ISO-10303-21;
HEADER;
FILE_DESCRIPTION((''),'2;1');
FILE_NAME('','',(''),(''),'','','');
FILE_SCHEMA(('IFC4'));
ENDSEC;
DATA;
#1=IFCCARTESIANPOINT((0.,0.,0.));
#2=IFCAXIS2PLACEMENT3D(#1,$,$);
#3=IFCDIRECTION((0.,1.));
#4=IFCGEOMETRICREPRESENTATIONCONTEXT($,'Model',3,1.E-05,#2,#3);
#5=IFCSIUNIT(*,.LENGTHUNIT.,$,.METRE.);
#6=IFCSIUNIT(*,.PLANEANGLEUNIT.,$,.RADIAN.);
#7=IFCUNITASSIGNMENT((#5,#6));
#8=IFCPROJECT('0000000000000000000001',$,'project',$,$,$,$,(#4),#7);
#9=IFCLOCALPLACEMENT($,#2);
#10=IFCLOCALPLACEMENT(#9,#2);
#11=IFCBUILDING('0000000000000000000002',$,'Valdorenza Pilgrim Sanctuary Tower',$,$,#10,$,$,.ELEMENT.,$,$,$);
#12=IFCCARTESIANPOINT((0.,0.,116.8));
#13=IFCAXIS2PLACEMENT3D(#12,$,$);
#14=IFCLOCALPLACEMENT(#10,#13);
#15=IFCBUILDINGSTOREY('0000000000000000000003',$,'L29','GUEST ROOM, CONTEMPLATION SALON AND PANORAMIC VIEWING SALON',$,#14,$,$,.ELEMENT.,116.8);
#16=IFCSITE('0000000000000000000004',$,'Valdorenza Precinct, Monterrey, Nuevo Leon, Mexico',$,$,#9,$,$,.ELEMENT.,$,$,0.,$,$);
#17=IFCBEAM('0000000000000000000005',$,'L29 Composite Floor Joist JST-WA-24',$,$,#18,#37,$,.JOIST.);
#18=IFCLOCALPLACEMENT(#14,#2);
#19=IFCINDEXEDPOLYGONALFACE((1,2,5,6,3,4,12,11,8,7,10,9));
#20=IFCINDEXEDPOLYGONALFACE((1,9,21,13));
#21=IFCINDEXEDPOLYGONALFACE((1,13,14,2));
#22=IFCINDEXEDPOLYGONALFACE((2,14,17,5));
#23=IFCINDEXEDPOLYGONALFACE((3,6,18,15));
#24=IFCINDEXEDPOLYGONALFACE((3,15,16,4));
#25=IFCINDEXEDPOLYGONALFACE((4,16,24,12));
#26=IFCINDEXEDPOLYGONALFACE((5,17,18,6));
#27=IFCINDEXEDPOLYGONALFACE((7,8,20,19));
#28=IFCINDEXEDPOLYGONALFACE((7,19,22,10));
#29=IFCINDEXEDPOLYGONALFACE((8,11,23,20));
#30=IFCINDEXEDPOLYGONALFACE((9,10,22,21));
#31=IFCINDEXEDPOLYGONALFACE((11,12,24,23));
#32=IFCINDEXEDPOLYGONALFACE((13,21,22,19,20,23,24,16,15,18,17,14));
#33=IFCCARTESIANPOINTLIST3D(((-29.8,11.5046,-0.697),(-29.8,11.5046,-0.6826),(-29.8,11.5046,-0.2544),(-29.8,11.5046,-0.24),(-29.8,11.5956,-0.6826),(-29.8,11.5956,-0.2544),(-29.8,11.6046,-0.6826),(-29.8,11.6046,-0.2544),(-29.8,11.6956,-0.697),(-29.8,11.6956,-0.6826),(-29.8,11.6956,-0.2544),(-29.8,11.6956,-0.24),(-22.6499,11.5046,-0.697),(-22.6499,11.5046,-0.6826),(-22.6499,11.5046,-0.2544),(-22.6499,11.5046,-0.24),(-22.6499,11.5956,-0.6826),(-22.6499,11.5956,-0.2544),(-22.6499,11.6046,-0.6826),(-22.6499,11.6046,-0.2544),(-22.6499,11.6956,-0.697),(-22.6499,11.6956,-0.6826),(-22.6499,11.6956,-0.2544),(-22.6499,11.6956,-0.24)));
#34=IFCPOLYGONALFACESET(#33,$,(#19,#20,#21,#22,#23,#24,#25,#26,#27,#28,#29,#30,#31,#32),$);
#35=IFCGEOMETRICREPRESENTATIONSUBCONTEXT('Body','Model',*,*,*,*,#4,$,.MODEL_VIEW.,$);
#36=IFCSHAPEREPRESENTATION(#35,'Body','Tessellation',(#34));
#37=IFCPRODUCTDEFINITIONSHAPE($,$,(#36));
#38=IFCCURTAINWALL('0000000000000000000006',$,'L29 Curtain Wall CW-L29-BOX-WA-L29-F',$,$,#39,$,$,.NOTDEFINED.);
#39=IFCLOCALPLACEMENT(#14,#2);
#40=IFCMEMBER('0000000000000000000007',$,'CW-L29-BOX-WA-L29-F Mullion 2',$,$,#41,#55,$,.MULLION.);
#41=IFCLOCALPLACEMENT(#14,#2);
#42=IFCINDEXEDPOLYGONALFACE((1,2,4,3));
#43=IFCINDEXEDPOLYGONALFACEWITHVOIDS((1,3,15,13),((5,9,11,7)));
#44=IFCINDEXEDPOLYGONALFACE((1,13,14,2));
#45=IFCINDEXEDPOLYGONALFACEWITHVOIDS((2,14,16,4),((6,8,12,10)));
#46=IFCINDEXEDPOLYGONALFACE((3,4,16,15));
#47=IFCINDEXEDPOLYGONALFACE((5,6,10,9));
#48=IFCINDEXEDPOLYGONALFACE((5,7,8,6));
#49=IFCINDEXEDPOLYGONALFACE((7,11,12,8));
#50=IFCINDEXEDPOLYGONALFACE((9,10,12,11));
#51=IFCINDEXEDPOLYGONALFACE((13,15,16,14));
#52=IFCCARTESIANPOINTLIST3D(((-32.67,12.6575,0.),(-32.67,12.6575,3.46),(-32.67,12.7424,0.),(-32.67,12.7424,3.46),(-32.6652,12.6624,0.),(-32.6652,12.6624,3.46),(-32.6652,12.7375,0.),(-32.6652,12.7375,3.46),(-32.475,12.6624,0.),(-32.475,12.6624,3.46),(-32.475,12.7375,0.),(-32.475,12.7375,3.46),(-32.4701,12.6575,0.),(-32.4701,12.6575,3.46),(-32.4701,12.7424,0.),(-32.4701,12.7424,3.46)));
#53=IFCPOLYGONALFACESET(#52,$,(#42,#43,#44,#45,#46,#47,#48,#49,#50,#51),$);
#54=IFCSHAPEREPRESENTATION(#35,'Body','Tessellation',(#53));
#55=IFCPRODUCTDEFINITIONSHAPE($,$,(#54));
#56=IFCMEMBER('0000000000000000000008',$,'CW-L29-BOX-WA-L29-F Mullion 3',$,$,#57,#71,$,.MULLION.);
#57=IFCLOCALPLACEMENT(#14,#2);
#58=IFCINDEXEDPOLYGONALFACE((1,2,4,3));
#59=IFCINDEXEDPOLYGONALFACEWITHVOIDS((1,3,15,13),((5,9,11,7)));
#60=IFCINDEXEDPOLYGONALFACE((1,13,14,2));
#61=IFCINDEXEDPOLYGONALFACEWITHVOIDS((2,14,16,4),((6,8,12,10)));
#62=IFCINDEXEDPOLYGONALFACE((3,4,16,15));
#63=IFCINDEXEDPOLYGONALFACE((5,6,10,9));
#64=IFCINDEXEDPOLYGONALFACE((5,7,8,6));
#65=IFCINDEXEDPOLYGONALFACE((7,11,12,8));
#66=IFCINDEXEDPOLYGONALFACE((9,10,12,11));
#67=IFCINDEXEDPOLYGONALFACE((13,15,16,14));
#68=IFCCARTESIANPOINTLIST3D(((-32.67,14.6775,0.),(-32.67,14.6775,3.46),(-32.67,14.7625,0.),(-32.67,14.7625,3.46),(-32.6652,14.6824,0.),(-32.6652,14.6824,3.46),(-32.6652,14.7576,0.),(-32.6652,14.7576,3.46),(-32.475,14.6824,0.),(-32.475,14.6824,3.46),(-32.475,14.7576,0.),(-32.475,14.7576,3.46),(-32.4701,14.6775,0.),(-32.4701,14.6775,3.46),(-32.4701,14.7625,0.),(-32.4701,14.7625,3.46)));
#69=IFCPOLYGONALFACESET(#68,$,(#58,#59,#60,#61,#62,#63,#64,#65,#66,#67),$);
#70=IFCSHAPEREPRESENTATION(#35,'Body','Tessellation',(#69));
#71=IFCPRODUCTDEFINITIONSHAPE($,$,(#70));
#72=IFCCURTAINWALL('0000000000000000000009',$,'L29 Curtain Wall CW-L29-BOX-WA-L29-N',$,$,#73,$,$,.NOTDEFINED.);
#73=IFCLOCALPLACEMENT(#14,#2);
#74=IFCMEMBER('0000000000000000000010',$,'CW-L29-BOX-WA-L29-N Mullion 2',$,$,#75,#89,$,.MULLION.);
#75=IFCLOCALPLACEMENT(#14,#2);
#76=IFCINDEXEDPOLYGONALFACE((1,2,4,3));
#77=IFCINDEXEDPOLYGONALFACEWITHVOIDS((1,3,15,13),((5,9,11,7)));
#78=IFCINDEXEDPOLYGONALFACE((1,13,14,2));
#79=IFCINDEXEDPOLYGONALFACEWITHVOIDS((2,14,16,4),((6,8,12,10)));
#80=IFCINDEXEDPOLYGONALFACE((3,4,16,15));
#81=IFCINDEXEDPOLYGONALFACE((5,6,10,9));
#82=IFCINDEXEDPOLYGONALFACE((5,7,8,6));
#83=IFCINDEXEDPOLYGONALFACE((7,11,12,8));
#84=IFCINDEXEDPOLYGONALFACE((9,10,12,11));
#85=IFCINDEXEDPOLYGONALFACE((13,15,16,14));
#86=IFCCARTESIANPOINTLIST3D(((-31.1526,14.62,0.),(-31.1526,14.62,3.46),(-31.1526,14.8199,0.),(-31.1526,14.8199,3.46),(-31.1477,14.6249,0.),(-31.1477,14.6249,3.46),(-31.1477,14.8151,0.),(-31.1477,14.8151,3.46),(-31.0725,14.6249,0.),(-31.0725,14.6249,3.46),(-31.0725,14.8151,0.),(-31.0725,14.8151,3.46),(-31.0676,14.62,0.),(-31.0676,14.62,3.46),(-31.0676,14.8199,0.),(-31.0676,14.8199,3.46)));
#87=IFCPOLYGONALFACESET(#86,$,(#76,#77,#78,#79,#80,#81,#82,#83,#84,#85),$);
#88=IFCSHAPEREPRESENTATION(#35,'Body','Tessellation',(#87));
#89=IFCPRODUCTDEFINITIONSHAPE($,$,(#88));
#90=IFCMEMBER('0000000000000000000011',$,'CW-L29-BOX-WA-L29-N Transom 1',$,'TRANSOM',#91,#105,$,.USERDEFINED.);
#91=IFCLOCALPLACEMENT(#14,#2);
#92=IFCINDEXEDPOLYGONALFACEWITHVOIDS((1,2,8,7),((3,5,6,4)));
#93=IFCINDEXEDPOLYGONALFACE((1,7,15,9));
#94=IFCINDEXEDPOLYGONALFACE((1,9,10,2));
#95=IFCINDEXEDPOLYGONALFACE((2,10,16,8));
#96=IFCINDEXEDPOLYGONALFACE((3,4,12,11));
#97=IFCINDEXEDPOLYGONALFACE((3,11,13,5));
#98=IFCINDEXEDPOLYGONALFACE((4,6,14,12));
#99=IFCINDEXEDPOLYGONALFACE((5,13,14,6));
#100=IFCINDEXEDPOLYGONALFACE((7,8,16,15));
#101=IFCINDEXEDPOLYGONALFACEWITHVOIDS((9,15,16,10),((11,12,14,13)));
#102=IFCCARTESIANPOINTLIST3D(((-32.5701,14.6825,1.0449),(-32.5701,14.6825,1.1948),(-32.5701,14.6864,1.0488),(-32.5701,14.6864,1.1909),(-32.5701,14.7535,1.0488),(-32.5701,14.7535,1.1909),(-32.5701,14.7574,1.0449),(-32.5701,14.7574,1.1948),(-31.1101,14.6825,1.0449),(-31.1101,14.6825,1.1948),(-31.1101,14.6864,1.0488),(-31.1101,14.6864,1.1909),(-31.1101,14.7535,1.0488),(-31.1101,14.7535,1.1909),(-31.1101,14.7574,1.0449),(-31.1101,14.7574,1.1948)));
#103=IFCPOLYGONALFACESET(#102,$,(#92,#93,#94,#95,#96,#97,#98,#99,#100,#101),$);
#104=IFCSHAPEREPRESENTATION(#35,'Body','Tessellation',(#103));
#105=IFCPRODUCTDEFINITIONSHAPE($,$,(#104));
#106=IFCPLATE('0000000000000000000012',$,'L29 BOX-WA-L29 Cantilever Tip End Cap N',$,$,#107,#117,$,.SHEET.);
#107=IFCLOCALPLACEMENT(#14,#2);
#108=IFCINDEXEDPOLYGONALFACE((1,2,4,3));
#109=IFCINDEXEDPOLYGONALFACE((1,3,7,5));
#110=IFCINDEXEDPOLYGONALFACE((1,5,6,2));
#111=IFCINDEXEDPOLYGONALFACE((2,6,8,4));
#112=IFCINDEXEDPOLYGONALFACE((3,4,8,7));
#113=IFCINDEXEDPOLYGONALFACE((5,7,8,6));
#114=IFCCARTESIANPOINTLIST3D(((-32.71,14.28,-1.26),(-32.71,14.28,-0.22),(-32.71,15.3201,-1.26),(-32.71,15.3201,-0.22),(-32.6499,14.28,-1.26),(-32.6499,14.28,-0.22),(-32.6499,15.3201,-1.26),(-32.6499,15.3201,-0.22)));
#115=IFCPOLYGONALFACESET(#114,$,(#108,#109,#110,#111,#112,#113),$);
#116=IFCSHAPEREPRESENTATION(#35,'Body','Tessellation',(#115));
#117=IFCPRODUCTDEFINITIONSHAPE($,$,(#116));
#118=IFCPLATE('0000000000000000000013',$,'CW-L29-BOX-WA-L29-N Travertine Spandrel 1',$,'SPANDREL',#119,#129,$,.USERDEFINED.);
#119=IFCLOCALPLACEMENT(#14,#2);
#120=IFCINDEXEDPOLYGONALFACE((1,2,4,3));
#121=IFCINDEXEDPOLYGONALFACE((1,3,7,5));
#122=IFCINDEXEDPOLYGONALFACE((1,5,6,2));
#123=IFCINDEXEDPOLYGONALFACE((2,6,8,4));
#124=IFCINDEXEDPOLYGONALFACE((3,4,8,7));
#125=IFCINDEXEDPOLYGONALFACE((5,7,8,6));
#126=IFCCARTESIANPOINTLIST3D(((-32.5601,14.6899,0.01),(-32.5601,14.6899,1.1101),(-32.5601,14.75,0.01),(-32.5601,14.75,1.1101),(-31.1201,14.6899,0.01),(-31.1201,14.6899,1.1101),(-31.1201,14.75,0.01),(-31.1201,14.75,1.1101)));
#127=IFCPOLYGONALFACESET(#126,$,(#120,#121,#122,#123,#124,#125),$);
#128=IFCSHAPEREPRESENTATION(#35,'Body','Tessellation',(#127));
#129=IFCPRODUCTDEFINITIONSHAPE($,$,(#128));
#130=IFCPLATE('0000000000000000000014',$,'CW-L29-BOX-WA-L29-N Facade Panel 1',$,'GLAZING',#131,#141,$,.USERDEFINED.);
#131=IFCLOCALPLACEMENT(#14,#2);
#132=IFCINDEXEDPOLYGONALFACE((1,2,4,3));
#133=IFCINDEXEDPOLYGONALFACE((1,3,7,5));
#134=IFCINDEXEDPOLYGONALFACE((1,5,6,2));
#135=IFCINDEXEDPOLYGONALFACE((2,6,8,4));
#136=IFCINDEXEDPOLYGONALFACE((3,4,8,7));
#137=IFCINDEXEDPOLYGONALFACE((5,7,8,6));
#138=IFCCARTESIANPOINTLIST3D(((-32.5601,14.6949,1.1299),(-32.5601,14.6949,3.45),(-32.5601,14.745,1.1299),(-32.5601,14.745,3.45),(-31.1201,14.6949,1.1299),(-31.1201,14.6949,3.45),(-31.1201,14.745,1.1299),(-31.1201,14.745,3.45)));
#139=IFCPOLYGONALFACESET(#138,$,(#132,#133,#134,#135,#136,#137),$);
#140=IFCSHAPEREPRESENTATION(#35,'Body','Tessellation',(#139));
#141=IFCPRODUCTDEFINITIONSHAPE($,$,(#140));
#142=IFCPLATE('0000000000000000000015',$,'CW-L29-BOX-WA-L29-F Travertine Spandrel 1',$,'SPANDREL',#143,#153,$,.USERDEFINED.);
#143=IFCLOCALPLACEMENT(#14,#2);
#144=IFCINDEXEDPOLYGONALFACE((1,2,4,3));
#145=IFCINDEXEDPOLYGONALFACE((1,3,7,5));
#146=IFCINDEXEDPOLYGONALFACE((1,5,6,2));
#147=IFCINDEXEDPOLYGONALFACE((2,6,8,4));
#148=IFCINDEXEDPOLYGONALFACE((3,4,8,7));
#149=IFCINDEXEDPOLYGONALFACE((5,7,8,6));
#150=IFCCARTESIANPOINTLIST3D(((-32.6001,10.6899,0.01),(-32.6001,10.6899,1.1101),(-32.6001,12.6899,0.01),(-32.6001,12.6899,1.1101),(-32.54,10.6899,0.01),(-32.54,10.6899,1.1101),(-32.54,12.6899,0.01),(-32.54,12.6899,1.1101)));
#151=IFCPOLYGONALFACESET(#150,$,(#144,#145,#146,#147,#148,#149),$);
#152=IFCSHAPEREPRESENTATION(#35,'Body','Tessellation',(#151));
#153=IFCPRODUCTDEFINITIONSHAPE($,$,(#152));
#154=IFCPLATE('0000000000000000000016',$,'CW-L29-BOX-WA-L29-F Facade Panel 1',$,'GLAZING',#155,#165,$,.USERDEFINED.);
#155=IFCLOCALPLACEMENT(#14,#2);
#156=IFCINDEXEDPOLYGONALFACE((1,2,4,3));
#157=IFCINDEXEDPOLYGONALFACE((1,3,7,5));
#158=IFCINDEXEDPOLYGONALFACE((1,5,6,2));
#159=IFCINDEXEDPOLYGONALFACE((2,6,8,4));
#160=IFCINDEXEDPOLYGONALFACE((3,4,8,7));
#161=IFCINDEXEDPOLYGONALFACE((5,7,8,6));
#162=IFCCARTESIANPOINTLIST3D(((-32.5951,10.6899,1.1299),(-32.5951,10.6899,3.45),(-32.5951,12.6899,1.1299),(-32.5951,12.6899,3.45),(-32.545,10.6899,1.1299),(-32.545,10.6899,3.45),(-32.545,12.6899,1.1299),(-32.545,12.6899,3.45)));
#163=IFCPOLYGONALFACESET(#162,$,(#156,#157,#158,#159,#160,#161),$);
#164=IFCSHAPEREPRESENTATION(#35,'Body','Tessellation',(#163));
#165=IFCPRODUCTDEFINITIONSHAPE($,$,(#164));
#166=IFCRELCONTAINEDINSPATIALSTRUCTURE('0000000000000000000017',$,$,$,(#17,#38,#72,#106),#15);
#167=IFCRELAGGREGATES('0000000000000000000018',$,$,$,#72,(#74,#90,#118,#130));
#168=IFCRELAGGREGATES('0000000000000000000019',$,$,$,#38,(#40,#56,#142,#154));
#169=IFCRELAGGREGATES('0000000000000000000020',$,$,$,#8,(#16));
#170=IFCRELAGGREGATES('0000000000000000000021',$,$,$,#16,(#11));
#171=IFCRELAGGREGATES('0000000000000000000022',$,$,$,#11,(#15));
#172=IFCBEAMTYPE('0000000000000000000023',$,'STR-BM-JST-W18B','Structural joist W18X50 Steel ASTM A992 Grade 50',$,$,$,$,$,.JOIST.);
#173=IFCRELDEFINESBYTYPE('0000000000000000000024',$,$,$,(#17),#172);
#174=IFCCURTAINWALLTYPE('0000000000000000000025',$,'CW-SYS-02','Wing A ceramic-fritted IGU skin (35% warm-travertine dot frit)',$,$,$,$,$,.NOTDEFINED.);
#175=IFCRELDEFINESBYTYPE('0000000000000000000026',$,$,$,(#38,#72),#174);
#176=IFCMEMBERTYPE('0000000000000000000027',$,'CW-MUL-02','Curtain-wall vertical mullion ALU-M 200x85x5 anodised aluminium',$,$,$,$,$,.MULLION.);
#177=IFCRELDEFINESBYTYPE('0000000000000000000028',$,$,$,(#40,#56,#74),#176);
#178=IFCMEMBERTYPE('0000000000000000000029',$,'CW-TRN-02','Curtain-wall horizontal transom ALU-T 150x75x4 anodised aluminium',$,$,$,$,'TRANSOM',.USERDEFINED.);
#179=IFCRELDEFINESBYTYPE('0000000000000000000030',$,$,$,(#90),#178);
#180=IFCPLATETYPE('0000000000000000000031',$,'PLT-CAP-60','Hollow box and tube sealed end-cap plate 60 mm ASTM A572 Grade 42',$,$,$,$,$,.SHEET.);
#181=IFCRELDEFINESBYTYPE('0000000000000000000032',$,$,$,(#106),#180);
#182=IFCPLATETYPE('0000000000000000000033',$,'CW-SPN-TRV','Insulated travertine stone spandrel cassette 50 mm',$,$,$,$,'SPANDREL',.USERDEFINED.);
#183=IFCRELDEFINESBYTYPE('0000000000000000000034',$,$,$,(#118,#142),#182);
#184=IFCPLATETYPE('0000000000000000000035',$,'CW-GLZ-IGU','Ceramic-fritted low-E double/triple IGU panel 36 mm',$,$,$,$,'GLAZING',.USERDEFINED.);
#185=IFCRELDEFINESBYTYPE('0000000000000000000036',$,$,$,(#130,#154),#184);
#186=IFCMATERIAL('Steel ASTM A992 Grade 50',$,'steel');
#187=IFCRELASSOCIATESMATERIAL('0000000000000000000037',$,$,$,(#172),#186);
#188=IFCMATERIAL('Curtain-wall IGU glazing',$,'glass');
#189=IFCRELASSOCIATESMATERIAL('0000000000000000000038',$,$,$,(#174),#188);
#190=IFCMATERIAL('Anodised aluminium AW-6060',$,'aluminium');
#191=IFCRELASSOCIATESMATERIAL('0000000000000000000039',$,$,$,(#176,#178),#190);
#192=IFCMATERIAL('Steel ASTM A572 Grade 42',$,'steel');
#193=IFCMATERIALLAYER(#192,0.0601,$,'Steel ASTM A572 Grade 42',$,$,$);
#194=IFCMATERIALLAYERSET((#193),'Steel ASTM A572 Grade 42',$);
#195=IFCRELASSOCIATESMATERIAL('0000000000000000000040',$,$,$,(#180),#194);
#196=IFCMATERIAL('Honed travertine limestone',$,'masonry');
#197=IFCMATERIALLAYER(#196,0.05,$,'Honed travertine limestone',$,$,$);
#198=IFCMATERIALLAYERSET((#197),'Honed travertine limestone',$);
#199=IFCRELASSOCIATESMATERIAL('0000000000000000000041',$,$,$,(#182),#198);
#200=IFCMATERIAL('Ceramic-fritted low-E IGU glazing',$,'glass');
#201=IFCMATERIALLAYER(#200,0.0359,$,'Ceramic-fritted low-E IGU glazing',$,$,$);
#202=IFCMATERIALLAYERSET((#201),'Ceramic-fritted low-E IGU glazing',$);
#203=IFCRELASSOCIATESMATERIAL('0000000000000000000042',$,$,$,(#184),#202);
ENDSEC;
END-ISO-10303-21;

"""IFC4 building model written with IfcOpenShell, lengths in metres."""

from ifc_helpers import new_model, si_unit, direction, frame, origin, origin_2d, place, context, subcontext, project, spatial, rectangle, hollow_rectangle, i_section, extrude, source, transform, mapped, material, layer, layer_set, material_profile, profile_set, type_object, element, aggregate, save


model = new_model("IFC4")

# Units and contexts
model_context = context("Model", 3, precision=1e-05, world=origin(), true_north=direction((0.0, 1.0)))
body_context = subcontext(model_context, "Body", "Model", "MODEL_VIEW")
ifc_project = project(units=[si_unit("LENGTHUNIT", "METRE"), si_unit("PLANEANGLEUNIT", "RADIAN")], contexts=[model_context])

# Site, building, storey
site_placement = place(None, origin())
site = spatial("IfcSite", under=ifc_project, at=site_placement, Name="Valdorenza Precinct, Monterrey, Nuevo Leon, Mexico", CompositionType="ELEMENT", RefElevation=0.0)
building_placement = place(site_placement, origin())
building = spatial("IfcBuilding", under=site, at=building_placement, Name="Valdorenza Pilgrim Sanctuary Tower", CompositionType="ELEMENT")
storey_placement = place(building_placement, frame((0.0, 0.0, 116.8)))
storey = spatial("IfcBuildingStorey", under=building, at=storey_placement, Name="L29", Description="GUEST ROOM, CONTEMPLATION SALON AND PANORAMIC VIEWING SALON", CompositionType="ELEMENT", Elevation=116.8)

# Beam
ifc_material_1 = material(Name="Steel ASTM A992 Grade 50", Category="steel")
ifc_material_profile_1 = material_profile(ifc_material_1, i_section(OverallWidth=0.1909, OverallDepth=0.457, WebThickness=0.009, FlangeThickness=0.0144, at=origin_2d()), Name="W18X50")
ifc_profile_set_1 = profile_set([ifc_material_profile_1], Name="Steel ASTM A992 Grade 50")
beam_type = type_object("IfcBeamType", Name="STR-BM-JST-W18B", Description="Structural joist W18X50 Steel ASTM A992 Grade 50", PredefinedType="JOIST", material=ifc_profile_set_1)
shared_shape_1 = source(origin(), body_context, "Body", "SweptSolid", [
    extrude(i_section(OverallWidth=0.1909, OverallDepth=0.457, WebThickness=0.009, FlangeThickness=0.0144, at=origin_2d()), origin(), (0.0, 0.0, 1.0), 7.1501),
])
beam_placement = place(storey_placement, frame((-29.8, 11.6001, -0.4685), z_axis=(1.0, 0.0, 0.0), x_axis=(0.0, 1.0, 0.0)))
element("IfcBeam", 1, at=beam_placement, inside=storey, type_object=beam_type, Name="L29 Composite Floor Joist JST-WA-24", PredefinedType="JOIST", context=body_context, shape_type="MappedRepresentation", body=[
    mapped(shared_shape_1, transform((0.0, 0.0, 0.0), x_axis=(1.0, 0.0, 0.0), y_axis=(0.0, 1.0, 0.0), z_axis=(0.0, 0.0, 1.0), scale=1.0)),
])

# Curtain walls, members
ifc_material_2 = material(Name="Curtain-wall IGU glazing", Category="glass")
curtain_wall_type = type_object("IfcCurtainWallType", Name="CW-SYS-02", Description="Wing A ceramic-fritted IGU skin (35% warm-travertine dot frit)", PredefinedType="NOTDEFINED", material=ifc_material_2)
curtain_wall_1_placement = place(storey_placement, origin())
curtain_wall_1 = element("IfcCurtainWall", 2, at=curtain_wall_1_placement, inside=storey, type_object=curtain_wall_type, Name="L29 Curtain Wall CW-L29-BOX-WA-L29-F", PredefinedType="NOTDEFINED")
ifc_material_3 = material(Name="Anodised aluminium AW-6060", Category="aluminium")
ifc_material_profile_2 = material_profile(ifc_material_3, hollow_rectangle(XDim=0.085, YDim=0.2, WallThickness=0.0049, at=origin_2d()), Name="ALU-M 200x85x5")
ifc_profile_set_2 = profile_set([ifc_material_profile_2], Name="Anodised aluminium AW-6060")
member_type_1 = type_object("IfcMemberType", Name="CW-MUL-02", Description="Curtain-wall vertical mullion ALU-M 200x85x5 anodised aluminium", PredefinedType="MULLION", material=ifc_profile_set_2)
shared_shape_2 = source(origin(), body_context, "Body", "SweptSolid", [
    extrude(hollow_rectangle(XDim=0.085, YDim=0.2, WallThickness=0.0049, at=origin_2d()), origin(), (0.0, 0.0, 1.0), 3.46),
])
member_1_placement = place(storey_placement, frame((-32.5701, 12.7, 0.0), z_axis=(0.0, 0.0, 1.0), x_axis=(0.0, 1.0, 0.0)))
member_1 = element("IfcMember", 3, at=member_1_placement, type_object=member_type_1, Name="CW-L29-BOX-WA-L29-F Mullion 2", PredefinedType="MULLION", context=body_context, shape_type="MappedRepresentation", body=[
    mapped(shared_shape_2, transform((0.0, 0.0, 0.0), x_axis=(1.0, 0.0, 0.0), y_axis=(0.0, 1.0, 0.0), z_axis=(0.0, 0.0, 1.0), scale=1.0)),
])
member_2_placement = place(storey_placement, frame((-32.5701, 14.72, 0.0), z_axis=(0.0, 0.0, 1.0), x_axis=(0.0, 1.0, 0.0)))
member_2 = element("IfcMember", 4, at=member_2_placement, type_object=member_type_1, Name="CW-L29-BOX-WA-L29-F Mullion 3", PredefinedType="MULLION", context=body_context, shape_type="MappedRepresentation", body=[
    mapped(shared_shape_2, transform((0.0, 0.0, 0.0), x_axis=(1.0, 0.0, 0.0), y_axis=(0.0, 1.0, 0.0), z_axis=(0.0, 0.0, 1.0), scale=1.0)),
])
curtain_wall_2_placement = place(storey_placement, origin())
curtain_wall_2 = element("IfcCurtainWall", 5, at=curtain_wall_2_placement, inside=storey, type_object=curtain_wall_type, Name="L29 Curtain Wall CW-L29-BOX-WA-L29-N", PredefinedType="NOTDEFINED")
member_3_placement = place(storey_placement, frame((-31.1101, 14.72, 0.0), z_axis=(0.0, 0.0, 1.0), x_axis=(1.0, 0.0, 0.0)))
member_3 = element("IfcMember", 6, at=member_3_placement, type_object=member_type_1, Name="CW-L29-BOX-WA-L29-N Mullion 2", PredefinedType="MULLION", context=body_context, shape_type="MappedRepresentation", body=[
    mapped(shared_shape_2, transform((0.0, 0.0, 0.0), x_axis=(1.0, 0.0, 0.0), y_axis=(0.0, 1.0, 0.0), z_axis=(0.0, 0.0, 1.0), scale=1.0)),
])
ifc_material_profile_3 = material_profile(ifc_material_3, hollow_rectangle(XDim=0.075, YDim=0.1499, WallThickness=0.0039, at=origin_2d()), Name="ALU-T 150x75x4")
ifc_profile_set_3 = profile_set([ifc_material_profile_3], Name="Anodised aluminium AW-6060")
member_type_2 = type_object("IfcMemberType", Name="CW-TRN-02", Description="Curtain-wall horizontal transom ALU-T 150x75x4 anodised aluminium", ElementType="TRANSOM", PredefinedType="USERDEFINED", material=ifc_profile_set_3)
shared_shape_3 = source(origin(), body_context, "Body", "SweptSolid", [
    extrude(hollow_rectangle(XDim=0.075, YDim=0.1499, WallThickness=0.0039, at=origin_2d()), origin(), (0.0, 0.0, 1.0), 1.46),
])
member_4_placement = place(storey_placement, frame((-32.5701, 14.72, 1.1199), z_axis=(1.0, 0.0, 0.0), x_axis=(0.0, 1.0, 0.0)))
member_4 = element("IfcMember", 7, at=member_4_placement, type_object=member_type_2, Name="CW-L29-BOX-WA-L29-N Transom 1", ObjectType="TRANSOM", PredefinedType="USERDEFINED", context=body_context, shape_type="MappedRepresentation", body=[
    mapped(shared_shape_3, transform((0.0, 0.0, 0.0), x_axis=(1.0, 0.0, 0.0), y_axis=(0.0, 1.0, 0.0), z_axis=(0.0, 0.0, 1.0), scale=1.0)),
])

# Plates
ifc_material_4 = material(Name="Steel ASTM A572 Grade 42", Category="steel")
ifc_layer_1 = layer(ifc_material_4, 0.0601, Name="Steel ASTM A572 Grade 42")
ifc_layer_set_1 = layer_set([ifc_layer_1], Name="Steel ASTM A572 Grade 42")
plate_type_1 = type_object("IfcPlateType", Name="PLT-CAP-60", Description="Hollow box and tube sealed end-cap plate 60 mm ASTM A572 Grade 42", PredefinedType="SHEET", material=ifc_layer_set_1)
shared_shape_4 = source(origin(), body_context, "Body", "SweptSolid", [
    extrude(rectangle(XDim=0.0601, YDim=1.04, at=origin_2d()), origin(), (0.0, 0.0, 1.0), 1.04),
])
plate_1_placement = place(storey_placement, frame((-32.6799, 14.8, -1.26), z_axis=(0.0, 0.0, 1.0), x_axis=(1.0, 0.0, 0.0)))
element("IfcPlate", 8, at=plate_1_placement, inside=storey, type_object=plate_type_1, Name="L29 BOX-WA-L29 Cantilever Tip End Cap N", PredefinedType="SHEET", context=body_context, shape_type="MappedRepresentation", body=[
    mapped(shared_shape_4, transform((0.0, 0.0, 0.0), x_axis=(1.0, 0.0, 0.0), y_axis=(0.0, 1.0, 0.0), z_axis=(0.0, 0.0, 1.0), scale=1.0)),
])
ifc_material_5 = material(Name="Honed travertine limestone", Category="masonry")
ifc_layer_2 = layer(ifc_material_5, 0.05, Name="Honed travertine limestone")
ifc_layer_set_2 = layer_set([ifc_layer_2], Name="Honed travertine limestone")
plate_type_2 = type_object("IfcPlateType", Name="CW-SPN-TRV", Description="Insulated travertine stone spandrel cassette 50 mm", ElementType="SPANDREL", PredefinedType="USERDEFINED", material=ifc_layer_set_2)
shared_shape_5 = source(origin(), body_context, "Body", "SweptSolid", [
    extrude(rectangle(XDim=1.4399, YDim=0.0601, at=origin_2d()), origin(), (0.0, 0.0, 1.0), 1.1001),
])
plate_2_placement = place(storey_placement, frame((-31.8401, 14.72, 0.01), z_axis=(0.0, 0.0, 1.0), x_axis=(1.0, 0.0, 0.0)))
plate_2 = element("IfcPlate", 9, at=plate_2_placement, type_object=plate_type_2, Name="CW-L29-BOX-WA-L29-N Travertine Spandrel 1", ObjectType="SPANDREL", PredefinedType="USERDEFINED", context=body_context, shape_type="MappedRepresentation", body=[
    mapped(shared_shape_5, transform((0.0, 0.0, 0.0), x_axis=(1.0, 0.0, 0.0), y_axis=(0.0, 1.0, 0.0), z_axis=(0.0, 0.0, 1.0), scale=1.0)),
])
ifc_material_6 = material(Name="Ceramic-fritted low-E IGU glazing", Category="glass")
ifc_layer_3 = layer(ifc_material_6, 0.0359, Name="Ceramic-fritted low-E IGU glazing")
ifc_layer_set_3 = layer_set([ifc_layer_3], Name="Ceramic-fritted low-E IGU glazing")
plate_type_3 = type_object("IfcPlateType", Name="CW-GLZ-IGU", Description="Ceramic-fritted low-E double/triple IGU panel 36 mm", ElementType="GLAZING", PredefinedType="USERDEFINED", material=ifc_layer_set_3)
shared_shape_6 = source(origin(), body_context, "Body", "SweptSolid", [
    extrude(rectangle(XDim=1.4399, YDim=0.05, at=origin_2d()), origin(), (0.0, 0.0, 1.0), 2.3201),
])
plate_3_placement = place(storey_placement, frame((-31.8401, 14.72, 1.1299), z_axis=(0.0, 0.0, 1.0), x_axis=(1.0, 0.0, 0.0)))
plate_3 = element("IfcPlate", 10, at=plate_3_placement, type_object=plate_type_3, Name="CW-L29-BOX-WA-L29-N Facade Panel 1", ObjectType="GLAZING", PredefinedType="USERDEFINED", context=body_context, shape_type="MappedRepresentation", body=[
    mapped(shared_shape_6, transform((0.0, 0.0, 0.0), x_axis=(1.0, 0.0, 0.0), y_axis=(0.0, 1.0, 0.0), z_axis=(0.0, 0.0, 1.0), scale=1.0)),
])
aggregate(curtain_wall_2, [member_3, member_4, plate_2, plate_3])
shared_shape_7 = source(origin(), body_context, "Body", "SweptSolid", [
    extrude(rectangle(XDim=2.0, YDim=0.0601, at=origin_2d()), origin(), (0.0, 0.0, 1.0), 1.1001),
])
plate_4_placement = place(storey_placement, frame((-32.5701, 11.6899, 0.01), z_axis=(0.0, 0.0, 1.0), x_axis=(0.0, 1.0, 0.0)))
plate_4 = element("IfcPlate", 11, at=plate_4_placement, type_object=plate_type_2, Name="CW-L29-BOX-WA-L29-F Travertine Spandrel 1", ObjectType="SPANDREL", PredefinedType="USERDEFINED", context=body_context, shape_type="MappedRepresentation", body=[
    mapped(shared_shape_7, transform((0.0, 0.0, 0.0), x_axis=(1.0, 0.0, 0.0), y_axis=(0.0, 1.0, 0.0), z_axis=(0.0, 0.0, 1.0), scale=1.0)),
])
shared_shape_8 = source(origin(), body_context, "Body", "SweptSolid", [
    extrude(rectangle(XDim=2.0, YDim=0.05, at=origin_2d()), origin(), (0.0, 0.0, 1.0), 2.3201),
])
plate_5_placement = place(storey_placement, frame((-32.5701, 11.6899, 1.1299), z_axis=(0.0, 0.0, 1.0), x_axis=(0.0, 1.0, 0.0)))
plate_5 = element("IfcPlate", 12, at=plate_5_placement, type_object=plate_type_3, Name="CW-L29-BOX-WA-L29-F Facade Panel 1", ObjectType="GLAZING", PredefinedType="USERDEFINED", context=body_context, shape_type="MappedRepresentation", body=[
    mapped(shared_shape_8, transform((0.0, 0.0, 0.0), x_axis=(1.0, 0.0, 0.0), y_axis=(0.0, 1.0, 0.0), z_axis=(0.0, 0.0, 1.0), scale=1.0)),
])
aggregate(curtain_wall_1, [member_1, member_2, plate_4, plate_5])

save(model, "model.ifc")
